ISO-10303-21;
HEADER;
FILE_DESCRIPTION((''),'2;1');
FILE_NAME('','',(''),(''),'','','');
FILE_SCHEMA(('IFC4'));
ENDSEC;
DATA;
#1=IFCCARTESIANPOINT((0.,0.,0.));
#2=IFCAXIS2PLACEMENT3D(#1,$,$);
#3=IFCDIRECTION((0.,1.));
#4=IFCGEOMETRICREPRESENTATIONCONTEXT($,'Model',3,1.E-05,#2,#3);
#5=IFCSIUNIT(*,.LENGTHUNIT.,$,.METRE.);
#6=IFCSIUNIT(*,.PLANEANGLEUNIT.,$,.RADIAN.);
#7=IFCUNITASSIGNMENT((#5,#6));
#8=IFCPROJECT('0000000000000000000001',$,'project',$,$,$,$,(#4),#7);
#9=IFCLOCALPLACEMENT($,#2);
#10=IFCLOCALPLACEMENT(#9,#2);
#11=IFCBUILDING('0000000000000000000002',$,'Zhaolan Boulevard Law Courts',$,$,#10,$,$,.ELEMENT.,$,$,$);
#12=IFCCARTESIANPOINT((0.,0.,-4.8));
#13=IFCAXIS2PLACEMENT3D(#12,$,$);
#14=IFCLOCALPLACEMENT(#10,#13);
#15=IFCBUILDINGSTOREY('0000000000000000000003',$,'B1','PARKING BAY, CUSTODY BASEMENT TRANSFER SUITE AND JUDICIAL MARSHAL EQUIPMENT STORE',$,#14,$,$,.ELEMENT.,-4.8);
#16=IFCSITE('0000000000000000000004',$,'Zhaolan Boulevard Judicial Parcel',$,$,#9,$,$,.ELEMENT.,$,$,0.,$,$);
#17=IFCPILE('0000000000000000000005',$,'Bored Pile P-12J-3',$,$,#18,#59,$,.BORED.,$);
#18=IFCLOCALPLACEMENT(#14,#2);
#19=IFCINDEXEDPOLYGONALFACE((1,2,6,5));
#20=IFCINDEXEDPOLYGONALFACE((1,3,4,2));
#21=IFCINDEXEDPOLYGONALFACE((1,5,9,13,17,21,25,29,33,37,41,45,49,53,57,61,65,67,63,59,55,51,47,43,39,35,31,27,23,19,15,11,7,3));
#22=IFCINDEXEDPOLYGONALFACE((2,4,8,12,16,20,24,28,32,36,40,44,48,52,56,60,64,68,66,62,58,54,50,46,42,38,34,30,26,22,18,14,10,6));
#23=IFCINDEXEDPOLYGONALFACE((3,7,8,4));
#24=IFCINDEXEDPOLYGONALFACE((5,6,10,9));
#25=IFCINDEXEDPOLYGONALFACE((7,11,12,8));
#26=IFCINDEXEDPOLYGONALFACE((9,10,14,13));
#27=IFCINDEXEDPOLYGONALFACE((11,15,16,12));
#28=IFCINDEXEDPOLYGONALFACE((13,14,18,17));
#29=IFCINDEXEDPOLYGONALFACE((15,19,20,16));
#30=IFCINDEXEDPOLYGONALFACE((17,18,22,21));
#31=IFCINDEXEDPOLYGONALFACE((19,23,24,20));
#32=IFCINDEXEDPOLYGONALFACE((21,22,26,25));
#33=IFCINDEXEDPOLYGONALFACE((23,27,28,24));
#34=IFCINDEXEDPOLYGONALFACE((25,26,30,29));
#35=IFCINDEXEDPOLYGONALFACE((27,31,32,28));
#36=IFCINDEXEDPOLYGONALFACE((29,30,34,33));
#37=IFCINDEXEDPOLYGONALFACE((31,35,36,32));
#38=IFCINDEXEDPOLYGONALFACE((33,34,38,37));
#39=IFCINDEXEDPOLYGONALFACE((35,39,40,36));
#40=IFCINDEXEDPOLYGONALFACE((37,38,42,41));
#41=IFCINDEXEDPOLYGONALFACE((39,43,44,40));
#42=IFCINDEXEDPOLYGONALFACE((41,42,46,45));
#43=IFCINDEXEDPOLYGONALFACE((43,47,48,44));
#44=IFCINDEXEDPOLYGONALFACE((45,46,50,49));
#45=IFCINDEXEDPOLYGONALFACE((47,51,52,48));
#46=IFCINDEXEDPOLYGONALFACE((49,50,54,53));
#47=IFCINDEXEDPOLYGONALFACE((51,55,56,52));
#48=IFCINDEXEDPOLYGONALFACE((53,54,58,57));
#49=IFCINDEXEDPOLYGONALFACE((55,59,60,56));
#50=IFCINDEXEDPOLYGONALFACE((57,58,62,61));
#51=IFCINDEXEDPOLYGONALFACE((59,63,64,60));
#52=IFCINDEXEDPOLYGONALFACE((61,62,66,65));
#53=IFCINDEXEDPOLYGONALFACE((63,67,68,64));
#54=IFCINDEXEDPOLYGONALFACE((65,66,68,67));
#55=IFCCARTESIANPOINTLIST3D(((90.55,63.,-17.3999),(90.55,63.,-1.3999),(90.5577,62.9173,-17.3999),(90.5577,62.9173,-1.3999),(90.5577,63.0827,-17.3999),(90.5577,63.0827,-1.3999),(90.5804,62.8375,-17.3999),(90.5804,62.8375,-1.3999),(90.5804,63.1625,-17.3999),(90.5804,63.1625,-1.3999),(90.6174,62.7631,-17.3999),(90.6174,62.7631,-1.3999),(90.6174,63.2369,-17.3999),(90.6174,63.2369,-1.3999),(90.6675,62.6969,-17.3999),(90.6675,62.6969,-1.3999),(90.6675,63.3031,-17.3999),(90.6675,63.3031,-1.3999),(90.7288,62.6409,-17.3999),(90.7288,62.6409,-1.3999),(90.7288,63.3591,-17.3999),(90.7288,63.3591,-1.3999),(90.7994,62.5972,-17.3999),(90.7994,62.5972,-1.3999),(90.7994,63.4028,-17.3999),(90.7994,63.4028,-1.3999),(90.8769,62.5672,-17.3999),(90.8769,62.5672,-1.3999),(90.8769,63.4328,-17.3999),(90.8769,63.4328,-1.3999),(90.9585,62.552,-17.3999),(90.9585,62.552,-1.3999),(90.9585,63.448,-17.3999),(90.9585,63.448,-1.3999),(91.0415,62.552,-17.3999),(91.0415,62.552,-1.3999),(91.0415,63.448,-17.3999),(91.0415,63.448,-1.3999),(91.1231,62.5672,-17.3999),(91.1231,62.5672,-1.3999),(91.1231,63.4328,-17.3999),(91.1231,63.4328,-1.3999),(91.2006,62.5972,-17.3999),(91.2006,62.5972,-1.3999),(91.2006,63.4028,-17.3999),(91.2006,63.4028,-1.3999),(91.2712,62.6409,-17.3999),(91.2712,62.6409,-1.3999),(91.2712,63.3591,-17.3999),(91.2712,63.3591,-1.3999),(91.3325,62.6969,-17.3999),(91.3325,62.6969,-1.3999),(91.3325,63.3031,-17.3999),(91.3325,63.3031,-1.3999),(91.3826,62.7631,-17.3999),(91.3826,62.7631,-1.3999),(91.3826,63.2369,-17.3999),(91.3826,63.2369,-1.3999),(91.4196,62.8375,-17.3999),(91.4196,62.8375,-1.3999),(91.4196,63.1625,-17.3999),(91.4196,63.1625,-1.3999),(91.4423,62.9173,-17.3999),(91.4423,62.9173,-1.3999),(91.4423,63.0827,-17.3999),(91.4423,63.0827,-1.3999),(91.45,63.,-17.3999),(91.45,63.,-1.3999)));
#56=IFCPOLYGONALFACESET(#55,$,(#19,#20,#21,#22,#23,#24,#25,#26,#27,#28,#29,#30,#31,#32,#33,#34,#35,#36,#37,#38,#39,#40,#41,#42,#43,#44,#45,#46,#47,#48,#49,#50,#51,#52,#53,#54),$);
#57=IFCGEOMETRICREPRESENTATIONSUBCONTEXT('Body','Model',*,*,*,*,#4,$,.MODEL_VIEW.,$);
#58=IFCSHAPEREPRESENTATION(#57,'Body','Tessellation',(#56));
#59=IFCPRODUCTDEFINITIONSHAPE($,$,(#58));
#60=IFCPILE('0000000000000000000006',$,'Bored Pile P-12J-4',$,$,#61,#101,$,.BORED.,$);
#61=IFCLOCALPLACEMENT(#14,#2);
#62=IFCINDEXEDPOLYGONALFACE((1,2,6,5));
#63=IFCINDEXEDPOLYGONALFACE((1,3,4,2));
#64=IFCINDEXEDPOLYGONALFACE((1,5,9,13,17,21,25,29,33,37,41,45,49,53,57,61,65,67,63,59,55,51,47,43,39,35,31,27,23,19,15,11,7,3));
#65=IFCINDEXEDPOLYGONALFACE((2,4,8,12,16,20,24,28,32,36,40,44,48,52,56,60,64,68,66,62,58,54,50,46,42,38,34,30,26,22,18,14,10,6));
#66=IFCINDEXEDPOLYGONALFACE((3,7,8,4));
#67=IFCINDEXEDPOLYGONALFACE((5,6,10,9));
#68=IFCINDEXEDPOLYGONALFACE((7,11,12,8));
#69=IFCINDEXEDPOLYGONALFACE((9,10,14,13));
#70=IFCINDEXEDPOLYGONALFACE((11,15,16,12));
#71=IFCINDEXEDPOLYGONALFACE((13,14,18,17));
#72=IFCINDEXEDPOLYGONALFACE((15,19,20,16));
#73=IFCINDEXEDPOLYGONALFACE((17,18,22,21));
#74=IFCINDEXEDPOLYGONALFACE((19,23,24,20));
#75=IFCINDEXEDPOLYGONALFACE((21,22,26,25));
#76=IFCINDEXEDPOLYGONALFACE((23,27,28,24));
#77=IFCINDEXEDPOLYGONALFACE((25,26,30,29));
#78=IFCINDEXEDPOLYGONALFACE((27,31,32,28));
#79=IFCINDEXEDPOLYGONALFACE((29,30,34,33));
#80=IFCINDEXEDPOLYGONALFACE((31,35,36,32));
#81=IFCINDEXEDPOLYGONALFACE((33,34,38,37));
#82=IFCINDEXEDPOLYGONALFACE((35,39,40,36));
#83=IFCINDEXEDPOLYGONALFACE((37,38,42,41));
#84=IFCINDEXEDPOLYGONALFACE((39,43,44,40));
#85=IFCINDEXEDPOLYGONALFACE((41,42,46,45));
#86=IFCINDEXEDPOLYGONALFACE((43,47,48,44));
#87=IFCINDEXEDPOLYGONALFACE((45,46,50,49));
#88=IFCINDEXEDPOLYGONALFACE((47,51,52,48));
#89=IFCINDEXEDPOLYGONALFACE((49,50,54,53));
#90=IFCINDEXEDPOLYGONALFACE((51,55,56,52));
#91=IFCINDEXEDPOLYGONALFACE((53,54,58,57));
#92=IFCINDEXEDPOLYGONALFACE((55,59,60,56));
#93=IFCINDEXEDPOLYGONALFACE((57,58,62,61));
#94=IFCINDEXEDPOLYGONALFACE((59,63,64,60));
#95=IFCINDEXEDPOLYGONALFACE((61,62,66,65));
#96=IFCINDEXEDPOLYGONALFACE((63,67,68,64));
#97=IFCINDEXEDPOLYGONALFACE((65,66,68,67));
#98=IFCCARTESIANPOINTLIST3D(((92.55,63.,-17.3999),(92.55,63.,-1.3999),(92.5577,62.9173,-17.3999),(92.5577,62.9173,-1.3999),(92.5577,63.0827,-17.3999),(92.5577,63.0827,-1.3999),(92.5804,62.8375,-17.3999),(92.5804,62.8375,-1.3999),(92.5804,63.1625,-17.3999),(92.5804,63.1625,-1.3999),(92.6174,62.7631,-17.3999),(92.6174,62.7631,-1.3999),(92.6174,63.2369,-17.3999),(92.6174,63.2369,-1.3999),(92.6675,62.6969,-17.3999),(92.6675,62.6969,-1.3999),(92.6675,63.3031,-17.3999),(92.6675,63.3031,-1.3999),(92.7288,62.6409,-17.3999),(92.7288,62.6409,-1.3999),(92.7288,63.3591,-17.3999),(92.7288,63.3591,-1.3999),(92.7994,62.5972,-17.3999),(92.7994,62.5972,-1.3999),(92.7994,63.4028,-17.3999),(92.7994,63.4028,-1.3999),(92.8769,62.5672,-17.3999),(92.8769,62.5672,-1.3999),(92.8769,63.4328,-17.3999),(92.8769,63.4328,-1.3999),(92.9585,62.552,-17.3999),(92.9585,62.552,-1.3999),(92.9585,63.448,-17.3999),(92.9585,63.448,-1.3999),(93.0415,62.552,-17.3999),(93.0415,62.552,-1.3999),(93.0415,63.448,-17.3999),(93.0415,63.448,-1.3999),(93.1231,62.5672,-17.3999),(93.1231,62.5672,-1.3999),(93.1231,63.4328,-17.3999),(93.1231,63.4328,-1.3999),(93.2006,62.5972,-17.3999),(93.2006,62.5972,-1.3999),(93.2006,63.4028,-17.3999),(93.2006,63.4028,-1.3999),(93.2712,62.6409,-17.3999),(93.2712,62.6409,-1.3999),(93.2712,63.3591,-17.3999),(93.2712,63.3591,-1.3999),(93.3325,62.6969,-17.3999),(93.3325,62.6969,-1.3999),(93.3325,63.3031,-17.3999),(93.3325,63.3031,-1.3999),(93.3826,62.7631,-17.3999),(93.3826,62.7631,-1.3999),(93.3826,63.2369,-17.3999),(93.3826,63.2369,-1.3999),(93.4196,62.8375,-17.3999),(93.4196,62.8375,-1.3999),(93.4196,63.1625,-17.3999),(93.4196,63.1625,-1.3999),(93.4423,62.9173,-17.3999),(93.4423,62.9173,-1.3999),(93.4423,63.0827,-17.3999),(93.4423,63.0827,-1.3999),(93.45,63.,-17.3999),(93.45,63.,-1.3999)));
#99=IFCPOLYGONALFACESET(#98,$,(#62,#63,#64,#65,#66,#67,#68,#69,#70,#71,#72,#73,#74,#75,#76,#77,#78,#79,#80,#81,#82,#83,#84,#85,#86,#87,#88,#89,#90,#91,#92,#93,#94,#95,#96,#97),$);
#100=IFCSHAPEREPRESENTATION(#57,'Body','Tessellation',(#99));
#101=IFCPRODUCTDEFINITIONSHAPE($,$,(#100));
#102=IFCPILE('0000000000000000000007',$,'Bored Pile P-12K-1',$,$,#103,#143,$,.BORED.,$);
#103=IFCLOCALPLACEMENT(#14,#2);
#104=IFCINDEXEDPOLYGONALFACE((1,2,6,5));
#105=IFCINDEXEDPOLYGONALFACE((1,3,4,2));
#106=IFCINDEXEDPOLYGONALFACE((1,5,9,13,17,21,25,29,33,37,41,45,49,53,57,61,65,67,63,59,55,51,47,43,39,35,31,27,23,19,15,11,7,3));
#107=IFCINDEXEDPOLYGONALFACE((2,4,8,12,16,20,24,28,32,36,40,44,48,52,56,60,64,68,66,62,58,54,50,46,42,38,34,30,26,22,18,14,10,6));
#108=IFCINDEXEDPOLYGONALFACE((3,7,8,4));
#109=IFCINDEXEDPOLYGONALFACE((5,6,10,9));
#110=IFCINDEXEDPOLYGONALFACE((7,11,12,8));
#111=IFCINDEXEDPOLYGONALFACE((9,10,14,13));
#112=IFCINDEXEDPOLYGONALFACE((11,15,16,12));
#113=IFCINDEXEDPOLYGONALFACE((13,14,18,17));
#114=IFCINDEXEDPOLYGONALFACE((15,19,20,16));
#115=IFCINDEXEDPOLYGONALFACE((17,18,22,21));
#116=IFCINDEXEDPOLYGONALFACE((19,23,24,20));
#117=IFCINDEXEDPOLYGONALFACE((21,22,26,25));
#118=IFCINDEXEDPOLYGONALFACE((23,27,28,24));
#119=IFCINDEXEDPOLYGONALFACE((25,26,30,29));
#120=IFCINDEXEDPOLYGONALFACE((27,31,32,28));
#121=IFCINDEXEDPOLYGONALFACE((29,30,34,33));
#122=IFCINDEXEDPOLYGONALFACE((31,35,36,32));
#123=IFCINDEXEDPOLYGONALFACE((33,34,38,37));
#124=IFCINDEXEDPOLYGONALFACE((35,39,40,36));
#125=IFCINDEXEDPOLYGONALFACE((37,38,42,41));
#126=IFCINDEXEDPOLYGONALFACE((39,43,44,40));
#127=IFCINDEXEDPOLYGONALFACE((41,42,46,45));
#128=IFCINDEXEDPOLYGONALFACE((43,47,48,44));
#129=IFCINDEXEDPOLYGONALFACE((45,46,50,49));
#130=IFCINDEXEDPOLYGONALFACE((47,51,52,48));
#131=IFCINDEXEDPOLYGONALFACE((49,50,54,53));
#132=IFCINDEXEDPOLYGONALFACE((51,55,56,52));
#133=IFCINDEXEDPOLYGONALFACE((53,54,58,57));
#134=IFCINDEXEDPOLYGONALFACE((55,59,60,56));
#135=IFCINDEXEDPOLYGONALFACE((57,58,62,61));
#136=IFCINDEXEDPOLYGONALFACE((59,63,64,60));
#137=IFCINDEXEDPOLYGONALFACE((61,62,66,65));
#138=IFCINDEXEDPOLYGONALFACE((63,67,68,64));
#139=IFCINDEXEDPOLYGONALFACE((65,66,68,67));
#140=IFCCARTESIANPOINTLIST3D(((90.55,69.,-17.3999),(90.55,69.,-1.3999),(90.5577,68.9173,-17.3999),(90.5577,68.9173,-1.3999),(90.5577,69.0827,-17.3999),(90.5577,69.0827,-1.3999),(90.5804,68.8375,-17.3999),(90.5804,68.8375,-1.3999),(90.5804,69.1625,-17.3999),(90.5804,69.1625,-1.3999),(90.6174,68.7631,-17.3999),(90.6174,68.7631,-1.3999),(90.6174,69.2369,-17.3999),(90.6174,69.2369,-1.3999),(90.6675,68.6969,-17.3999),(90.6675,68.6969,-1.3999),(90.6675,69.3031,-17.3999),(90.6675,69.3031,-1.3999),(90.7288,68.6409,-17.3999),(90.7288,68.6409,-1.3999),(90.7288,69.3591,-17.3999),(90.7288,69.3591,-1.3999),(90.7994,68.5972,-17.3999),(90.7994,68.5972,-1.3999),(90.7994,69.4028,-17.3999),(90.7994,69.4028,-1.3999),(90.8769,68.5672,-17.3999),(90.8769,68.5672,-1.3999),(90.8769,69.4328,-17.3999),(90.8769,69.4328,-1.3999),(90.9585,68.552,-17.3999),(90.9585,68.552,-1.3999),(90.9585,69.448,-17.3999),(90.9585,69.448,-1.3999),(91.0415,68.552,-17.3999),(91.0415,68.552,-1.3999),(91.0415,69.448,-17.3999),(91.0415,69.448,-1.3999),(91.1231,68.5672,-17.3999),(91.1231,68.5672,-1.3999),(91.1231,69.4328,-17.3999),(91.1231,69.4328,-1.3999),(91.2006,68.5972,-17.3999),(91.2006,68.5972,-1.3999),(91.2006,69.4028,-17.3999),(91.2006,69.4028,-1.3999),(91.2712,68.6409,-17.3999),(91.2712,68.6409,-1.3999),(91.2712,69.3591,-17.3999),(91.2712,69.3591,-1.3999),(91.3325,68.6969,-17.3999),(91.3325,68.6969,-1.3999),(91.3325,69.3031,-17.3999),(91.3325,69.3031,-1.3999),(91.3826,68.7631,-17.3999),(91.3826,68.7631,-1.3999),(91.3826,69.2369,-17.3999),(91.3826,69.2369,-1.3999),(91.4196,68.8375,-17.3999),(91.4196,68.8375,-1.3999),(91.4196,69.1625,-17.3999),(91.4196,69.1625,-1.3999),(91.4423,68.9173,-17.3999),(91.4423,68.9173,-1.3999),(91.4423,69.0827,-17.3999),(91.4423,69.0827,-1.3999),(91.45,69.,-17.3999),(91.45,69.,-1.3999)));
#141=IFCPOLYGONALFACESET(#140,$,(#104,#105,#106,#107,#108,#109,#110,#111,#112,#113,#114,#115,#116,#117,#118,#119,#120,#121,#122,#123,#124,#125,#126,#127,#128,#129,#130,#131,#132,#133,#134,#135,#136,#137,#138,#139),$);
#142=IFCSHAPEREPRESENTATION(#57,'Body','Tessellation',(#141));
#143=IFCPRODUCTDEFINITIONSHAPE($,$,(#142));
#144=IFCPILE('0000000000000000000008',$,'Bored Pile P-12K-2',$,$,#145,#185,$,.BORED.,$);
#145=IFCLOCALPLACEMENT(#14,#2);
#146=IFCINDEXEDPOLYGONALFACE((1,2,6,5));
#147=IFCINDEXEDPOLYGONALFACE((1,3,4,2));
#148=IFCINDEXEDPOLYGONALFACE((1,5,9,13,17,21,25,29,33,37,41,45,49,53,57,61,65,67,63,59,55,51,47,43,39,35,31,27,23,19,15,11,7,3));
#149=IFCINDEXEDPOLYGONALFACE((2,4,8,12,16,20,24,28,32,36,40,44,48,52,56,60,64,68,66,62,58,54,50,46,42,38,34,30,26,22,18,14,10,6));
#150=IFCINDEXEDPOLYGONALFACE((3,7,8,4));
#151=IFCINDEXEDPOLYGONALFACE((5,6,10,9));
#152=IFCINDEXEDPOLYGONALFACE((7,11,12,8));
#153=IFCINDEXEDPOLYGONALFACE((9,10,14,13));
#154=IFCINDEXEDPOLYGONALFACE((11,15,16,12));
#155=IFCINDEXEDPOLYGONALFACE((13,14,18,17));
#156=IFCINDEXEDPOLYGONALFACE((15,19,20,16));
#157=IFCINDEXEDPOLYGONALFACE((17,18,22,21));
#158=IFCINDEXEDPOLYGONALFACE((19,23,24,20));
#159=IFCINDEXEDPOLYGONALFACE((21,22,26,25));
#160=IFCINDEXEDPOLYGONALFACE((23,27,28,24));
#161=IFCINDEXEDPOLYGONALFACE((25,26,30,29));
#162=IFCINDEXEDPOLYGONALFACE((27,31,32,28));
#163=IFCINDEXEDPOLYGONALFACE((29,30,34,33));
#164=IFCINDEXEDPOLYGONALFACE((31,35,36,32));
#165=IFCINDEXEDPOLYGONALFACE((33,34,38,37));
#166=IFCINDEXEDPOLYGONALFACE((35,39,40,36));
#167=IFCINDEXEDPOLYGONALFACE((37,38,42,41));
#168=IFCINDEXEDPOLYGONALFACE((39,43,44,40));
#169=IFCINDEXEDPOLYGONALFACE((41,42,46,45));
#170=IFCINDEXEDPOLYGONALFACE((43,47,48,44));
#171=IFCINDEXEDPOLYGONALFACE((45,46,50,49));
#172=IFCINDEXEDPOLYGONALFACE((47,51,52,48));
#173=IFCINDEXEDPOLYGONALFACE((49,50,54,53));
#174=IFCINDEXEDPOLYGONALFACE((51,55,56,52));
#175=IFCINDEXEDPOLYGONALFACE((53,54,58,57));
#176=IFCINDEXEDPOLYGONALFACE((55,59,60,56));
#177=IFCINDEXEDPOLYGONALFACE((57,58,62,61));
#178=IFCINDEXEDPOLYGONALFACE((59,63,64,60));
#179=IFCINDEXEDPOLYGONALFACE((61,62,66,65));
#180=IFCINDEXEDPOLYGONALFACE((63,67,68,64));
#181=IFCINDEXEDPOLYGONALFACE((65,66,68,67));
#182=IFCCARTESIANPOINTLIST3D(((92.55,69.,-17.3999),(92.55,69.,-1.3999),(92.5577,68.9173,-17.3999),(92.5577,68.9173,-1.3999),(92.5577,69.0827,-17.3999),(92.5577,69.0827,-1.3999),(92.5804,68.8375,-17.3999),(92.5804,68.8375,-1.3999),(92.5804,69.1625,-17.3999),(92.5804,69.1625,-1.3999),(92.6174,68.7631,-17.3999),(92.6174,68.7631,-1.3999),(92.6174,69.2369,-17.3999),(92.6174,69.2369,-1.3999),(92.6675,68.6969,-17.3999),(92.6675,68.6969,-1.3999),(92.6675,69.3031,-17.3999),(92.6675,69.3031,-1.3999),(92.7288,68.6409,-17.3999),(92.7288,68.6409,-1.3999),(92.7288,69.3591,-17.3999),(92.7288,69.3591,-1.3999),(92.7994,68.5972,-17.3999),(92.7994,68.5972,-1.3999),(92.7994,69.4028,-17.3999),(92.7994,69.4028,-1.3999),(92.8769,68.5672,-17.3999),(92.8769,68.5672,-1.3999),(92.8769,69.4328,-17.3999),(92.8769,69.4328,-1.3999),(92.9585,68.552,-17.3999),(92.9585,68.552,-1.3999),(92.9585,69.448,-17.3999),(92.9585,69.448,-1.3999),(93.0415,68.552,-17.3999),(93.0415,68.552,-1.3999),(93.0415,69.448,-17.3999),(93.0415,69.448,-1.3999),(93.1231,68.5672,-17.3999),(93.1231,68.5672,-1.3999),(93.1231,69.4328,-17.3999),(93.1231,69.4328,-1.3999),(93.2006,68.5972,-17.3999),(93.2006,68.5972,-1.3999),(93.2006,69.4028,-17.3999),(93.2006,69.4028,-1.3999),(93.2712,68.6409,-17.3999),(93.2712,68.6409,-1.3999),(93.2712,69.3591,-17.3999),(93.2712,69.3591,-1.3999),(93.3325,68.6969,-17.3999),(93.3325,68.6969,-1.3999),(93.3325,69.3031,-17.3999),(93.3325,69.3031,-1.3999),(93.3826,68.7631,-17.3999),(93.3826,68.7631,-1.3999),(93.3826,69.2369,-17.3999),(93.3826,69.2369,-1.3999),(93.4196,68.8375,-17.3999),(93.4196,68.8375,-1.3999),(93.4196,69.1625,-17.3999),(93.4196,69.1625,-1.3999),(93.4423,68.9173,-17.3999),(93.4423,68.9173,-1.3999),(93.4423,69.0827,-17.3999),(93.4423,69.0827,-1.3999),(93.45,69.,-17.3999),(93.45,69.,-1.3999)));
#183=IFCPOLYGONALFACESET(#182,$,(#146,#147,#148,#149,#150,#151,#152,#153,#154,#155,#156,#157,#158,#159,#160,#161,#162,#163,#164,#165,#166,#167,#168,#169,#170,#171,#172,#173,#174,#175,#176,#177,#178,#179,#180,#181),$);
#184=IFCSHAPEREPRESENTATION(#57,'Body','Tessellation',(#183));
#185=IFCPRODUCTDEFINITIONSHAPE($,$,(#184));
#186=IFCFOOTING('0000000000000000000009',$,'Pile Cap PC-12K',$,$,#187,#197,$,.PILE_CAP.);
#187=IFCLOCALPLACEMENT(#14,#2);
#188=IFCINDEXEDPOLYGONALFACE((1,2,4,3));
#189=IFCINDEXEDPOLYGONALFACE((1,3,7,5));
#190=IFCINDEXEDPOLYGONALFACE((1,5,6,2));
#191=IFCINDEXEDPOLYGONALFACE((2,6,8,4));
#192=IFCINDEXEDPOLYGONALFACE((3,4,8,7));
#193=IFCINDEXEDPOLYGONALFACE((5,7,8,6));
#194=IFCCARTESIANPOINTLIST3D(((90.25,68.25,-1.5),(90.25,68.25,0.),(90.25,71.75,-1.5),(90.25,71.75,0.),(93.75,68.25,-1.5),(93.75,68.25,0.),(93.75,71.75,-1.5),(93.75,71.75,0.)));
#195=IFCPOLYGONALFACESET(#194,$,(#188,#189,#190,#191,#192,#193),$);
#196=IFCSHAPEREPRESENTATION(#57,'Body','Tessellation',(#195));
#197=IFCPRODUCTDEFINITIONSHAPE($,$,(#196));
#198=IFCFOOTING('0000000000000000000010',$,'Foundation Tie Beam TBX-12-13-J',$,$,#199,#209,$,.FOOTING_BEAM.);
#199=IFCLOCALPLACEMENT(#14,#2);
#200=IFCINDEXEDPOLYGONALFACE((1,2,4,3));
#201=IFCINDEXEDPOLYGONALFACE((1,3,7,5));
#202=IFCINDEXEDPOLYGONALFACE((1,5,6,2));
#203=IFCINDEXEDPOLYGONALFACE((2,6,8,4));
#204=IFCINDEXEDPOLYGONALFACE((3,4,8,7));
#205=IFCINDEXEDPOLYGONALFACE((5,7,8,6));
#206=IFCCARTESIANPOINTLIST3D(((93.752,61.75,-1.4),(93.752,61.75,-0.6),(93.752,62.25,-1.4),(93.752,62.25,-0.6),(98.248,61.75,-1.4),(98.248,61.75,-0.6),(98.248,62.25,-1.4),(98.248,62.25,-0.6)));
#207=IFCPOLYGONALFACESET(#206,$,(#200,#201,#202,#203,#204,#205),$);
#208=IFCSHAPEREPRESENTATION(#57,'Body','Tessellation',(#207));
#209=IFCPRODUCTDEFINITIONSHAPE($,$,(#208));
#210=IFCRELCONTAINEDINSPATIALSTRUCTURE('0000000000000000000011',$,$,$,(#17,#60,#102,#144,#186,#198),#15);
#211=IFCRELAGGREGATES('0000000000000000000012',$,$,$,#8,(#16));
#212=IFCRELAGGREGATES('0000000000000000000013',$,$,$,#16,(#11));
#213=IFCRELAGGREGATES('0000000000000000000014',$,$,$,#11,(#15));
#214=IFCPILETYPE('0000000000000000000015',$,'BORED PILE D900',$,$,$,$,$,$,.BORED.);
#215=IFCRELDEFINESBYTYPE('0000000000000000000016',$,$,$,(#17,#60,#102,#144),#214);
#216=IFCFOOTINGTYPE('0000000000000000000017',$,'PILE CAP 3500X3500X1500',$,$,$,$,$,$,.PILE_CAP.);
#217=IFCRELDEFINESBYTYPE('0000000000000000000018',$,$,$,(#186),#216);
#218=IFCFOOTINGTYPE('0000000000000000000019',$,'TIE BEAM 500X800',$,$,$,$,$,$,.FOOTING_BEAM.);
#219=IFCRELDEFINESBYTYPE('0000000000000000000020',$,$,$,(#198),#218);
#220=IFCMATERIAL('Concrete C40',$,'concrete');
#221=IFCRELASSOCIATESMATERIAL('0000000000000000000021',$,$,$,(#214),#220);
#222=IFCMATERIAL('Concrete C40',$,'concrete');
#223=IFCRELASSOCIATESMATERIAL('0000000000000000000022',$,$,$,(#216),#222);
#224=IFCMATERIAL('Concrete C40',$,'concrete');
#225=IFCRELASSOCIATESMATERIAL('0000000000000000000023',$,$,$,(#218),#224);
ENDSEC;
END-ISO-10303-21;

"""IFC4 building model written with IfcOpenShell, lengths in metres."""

from ifc_helpers import new_model, si_unit, direction, frame, origin, origin_2d, place, context, subcontext, project, spatial, rectangle, circle, extrude, material, material_profile, profile_set, type_object, element, save


model = new_model("IFC4")

# Units and contexts
model_context = context("Model", 3, precision=1e-05, world=origin(), true_north=direction((0.0, 1.0)))
body_context = subcontext(model_context, "Body", "Model", "MODEL_VIEW")
ifc_project = project(units=[si_unit("LENGTHUNIT", "METRE"), si_unit("PLANEANGLEUNIT", "RADIAN")], contexts=[model_context])

# Site, building, storey
site_placement = place(None, origin())
site = spatial("IfcSite", under=ifc_project, at=site_placement, Name="Zhaolan Boulevard Judicial Parcel", CompositionType="ELEMENT", RefElevation=0.0)
building_placement = place(site_placement, origin())
building = spatial("IfcBuilding", under=site, at=building_placement, Name="Zhaolan Boulevard Law Courts", CompositionType="ELEMENT")
storey_placement = place(building_placement, frame((0.0, 0.0, -4.8)))
storey = spatial("IfcBuildingStorey", under=building, at=storey_placement, Name="B1", Description="PARKING BAY, CUSTODY BASEMENT TRANSFER SUITE AND JUDICIAL MARSHAL EQUIPMENT STORE", CompositionType="ELEMENT", Elevation=-4.8)

# Piles
ifc_material_1 = material(Name="Concrete C40", Category="concrete")
ifc_material_profile_1 = material_profile(ifc_material_1, circle(Radius=0.45, at=origin_2d()), Name="PILE-D900")
ifc_profile_set_1 = profile_set([ifc_material_profile_1], Name="Concrete C40")
pile_type = type_object("IfcPileType", Name="BORED PILE D900", PredefinedType="BORED", material=ifc_profile_set_1)
for number, where, z_axis, x_axis, name in (
    (1, (91.0, 63.0, -1.3999), (0.0, 0.0, -1.0), (1.0, 0.0, 0.0), "Bored Pile P-12J-3"),
    (2, (93.0, 63.0, -1.3999), (0.0, 0.0, -1.0), (1.0, 0.0, 0.0), "Bored Pile P-12J-4"),
    (3, (91.0, 69.0, -1.3999), (0.0, 0.0, -1.0), (1.0, 0.0, 0.0), "Bored Pile P-12K-1"),
    (4, (93.0, 69.0, -1.3999), (0.0, 0.0, -1.0), (1.0, 0.0, 0.0), "Bored Pile P-12K-2"),
):
    element("IfcPile", number, at=place(storey_placement, frame(where, z_axis=z_axis, x_axis=x_axis)), inside=storey, type_object=pile_type, Name=name, PredefinedType="BORED", context=body_context, shape_type="SweptSolid", body=[
        extrude(circle(Radius=0.45, at=origin_2d()), origin(), (0.0, 0.0, 1.0), 16.0),
    ])

# Footings
ifc_material_2 = material(Name="Concrete C40", Category="concrete")
footing_type_1 = type_object("IfcFootingType", Name="PILE CAP 3500X3500X1500", PredefinedType="PILE_CAP", material=ifc_material_2)
footing_1_placement = place(storey_placement, frame((92.0, 70.0, -1.5), z_axis=(0.0, 0.0, 1.0), x_axis=(1.0, 0.0, 0.0)))
element("IfcFooting", 5, at=footing_1_placement, inside=storey, type_object=footing_type_1, Name="Pile Cap PC-12K", PredefinedType="PILE_CAP", context=body_context, shape_type="SweptSolid", body=[
    extrude(rectangle(XDim=3.5, YDim=3.5, at=origin_2d()), origin(), (0.0, 0.0, 1.0), 1.5),
])
ifc_material_3 = material(Name="Concrete C40", Category="concrete")
ifc_material_profile_2 = material_profile(ifc_material_3, rectangle(XDim=0.5, YDim=0.8, at=origin_2d()), Name="RC500x800")
ifc_profile_set_2 = profile_set([ifc_material_profile_2], Name="Concrete C40")
footing_type_2 = type_object("IfcFootingType", Name="TIE BEAM 500X800", PredefinedType="FOOTING_BEAM", material=ifc_profile_set_2)
footing_2_placement = place(storey_placement, frame((93.752, 62.0, -1.0), z_axis=(1.0, 0.0, 0.0), x_axis=(0.0, 1.0, 0.0)))
element("IfcFooting", 6, at=footing_2_placement, inside=storey, type_object=footing_type_2, Name="Foundation Tie Beam TBX-12-13-J", PredefinedType="FOOTING_BEAM", context=body_context, shape_type="SweptSolid", body=[
    extrude(rectangle(XDim=0.5, YDim=0.8, at=origin_2d()), origin(), (0.0, 0.0, 1.0), 4.4961),
])

save(model, "model.ifc")
